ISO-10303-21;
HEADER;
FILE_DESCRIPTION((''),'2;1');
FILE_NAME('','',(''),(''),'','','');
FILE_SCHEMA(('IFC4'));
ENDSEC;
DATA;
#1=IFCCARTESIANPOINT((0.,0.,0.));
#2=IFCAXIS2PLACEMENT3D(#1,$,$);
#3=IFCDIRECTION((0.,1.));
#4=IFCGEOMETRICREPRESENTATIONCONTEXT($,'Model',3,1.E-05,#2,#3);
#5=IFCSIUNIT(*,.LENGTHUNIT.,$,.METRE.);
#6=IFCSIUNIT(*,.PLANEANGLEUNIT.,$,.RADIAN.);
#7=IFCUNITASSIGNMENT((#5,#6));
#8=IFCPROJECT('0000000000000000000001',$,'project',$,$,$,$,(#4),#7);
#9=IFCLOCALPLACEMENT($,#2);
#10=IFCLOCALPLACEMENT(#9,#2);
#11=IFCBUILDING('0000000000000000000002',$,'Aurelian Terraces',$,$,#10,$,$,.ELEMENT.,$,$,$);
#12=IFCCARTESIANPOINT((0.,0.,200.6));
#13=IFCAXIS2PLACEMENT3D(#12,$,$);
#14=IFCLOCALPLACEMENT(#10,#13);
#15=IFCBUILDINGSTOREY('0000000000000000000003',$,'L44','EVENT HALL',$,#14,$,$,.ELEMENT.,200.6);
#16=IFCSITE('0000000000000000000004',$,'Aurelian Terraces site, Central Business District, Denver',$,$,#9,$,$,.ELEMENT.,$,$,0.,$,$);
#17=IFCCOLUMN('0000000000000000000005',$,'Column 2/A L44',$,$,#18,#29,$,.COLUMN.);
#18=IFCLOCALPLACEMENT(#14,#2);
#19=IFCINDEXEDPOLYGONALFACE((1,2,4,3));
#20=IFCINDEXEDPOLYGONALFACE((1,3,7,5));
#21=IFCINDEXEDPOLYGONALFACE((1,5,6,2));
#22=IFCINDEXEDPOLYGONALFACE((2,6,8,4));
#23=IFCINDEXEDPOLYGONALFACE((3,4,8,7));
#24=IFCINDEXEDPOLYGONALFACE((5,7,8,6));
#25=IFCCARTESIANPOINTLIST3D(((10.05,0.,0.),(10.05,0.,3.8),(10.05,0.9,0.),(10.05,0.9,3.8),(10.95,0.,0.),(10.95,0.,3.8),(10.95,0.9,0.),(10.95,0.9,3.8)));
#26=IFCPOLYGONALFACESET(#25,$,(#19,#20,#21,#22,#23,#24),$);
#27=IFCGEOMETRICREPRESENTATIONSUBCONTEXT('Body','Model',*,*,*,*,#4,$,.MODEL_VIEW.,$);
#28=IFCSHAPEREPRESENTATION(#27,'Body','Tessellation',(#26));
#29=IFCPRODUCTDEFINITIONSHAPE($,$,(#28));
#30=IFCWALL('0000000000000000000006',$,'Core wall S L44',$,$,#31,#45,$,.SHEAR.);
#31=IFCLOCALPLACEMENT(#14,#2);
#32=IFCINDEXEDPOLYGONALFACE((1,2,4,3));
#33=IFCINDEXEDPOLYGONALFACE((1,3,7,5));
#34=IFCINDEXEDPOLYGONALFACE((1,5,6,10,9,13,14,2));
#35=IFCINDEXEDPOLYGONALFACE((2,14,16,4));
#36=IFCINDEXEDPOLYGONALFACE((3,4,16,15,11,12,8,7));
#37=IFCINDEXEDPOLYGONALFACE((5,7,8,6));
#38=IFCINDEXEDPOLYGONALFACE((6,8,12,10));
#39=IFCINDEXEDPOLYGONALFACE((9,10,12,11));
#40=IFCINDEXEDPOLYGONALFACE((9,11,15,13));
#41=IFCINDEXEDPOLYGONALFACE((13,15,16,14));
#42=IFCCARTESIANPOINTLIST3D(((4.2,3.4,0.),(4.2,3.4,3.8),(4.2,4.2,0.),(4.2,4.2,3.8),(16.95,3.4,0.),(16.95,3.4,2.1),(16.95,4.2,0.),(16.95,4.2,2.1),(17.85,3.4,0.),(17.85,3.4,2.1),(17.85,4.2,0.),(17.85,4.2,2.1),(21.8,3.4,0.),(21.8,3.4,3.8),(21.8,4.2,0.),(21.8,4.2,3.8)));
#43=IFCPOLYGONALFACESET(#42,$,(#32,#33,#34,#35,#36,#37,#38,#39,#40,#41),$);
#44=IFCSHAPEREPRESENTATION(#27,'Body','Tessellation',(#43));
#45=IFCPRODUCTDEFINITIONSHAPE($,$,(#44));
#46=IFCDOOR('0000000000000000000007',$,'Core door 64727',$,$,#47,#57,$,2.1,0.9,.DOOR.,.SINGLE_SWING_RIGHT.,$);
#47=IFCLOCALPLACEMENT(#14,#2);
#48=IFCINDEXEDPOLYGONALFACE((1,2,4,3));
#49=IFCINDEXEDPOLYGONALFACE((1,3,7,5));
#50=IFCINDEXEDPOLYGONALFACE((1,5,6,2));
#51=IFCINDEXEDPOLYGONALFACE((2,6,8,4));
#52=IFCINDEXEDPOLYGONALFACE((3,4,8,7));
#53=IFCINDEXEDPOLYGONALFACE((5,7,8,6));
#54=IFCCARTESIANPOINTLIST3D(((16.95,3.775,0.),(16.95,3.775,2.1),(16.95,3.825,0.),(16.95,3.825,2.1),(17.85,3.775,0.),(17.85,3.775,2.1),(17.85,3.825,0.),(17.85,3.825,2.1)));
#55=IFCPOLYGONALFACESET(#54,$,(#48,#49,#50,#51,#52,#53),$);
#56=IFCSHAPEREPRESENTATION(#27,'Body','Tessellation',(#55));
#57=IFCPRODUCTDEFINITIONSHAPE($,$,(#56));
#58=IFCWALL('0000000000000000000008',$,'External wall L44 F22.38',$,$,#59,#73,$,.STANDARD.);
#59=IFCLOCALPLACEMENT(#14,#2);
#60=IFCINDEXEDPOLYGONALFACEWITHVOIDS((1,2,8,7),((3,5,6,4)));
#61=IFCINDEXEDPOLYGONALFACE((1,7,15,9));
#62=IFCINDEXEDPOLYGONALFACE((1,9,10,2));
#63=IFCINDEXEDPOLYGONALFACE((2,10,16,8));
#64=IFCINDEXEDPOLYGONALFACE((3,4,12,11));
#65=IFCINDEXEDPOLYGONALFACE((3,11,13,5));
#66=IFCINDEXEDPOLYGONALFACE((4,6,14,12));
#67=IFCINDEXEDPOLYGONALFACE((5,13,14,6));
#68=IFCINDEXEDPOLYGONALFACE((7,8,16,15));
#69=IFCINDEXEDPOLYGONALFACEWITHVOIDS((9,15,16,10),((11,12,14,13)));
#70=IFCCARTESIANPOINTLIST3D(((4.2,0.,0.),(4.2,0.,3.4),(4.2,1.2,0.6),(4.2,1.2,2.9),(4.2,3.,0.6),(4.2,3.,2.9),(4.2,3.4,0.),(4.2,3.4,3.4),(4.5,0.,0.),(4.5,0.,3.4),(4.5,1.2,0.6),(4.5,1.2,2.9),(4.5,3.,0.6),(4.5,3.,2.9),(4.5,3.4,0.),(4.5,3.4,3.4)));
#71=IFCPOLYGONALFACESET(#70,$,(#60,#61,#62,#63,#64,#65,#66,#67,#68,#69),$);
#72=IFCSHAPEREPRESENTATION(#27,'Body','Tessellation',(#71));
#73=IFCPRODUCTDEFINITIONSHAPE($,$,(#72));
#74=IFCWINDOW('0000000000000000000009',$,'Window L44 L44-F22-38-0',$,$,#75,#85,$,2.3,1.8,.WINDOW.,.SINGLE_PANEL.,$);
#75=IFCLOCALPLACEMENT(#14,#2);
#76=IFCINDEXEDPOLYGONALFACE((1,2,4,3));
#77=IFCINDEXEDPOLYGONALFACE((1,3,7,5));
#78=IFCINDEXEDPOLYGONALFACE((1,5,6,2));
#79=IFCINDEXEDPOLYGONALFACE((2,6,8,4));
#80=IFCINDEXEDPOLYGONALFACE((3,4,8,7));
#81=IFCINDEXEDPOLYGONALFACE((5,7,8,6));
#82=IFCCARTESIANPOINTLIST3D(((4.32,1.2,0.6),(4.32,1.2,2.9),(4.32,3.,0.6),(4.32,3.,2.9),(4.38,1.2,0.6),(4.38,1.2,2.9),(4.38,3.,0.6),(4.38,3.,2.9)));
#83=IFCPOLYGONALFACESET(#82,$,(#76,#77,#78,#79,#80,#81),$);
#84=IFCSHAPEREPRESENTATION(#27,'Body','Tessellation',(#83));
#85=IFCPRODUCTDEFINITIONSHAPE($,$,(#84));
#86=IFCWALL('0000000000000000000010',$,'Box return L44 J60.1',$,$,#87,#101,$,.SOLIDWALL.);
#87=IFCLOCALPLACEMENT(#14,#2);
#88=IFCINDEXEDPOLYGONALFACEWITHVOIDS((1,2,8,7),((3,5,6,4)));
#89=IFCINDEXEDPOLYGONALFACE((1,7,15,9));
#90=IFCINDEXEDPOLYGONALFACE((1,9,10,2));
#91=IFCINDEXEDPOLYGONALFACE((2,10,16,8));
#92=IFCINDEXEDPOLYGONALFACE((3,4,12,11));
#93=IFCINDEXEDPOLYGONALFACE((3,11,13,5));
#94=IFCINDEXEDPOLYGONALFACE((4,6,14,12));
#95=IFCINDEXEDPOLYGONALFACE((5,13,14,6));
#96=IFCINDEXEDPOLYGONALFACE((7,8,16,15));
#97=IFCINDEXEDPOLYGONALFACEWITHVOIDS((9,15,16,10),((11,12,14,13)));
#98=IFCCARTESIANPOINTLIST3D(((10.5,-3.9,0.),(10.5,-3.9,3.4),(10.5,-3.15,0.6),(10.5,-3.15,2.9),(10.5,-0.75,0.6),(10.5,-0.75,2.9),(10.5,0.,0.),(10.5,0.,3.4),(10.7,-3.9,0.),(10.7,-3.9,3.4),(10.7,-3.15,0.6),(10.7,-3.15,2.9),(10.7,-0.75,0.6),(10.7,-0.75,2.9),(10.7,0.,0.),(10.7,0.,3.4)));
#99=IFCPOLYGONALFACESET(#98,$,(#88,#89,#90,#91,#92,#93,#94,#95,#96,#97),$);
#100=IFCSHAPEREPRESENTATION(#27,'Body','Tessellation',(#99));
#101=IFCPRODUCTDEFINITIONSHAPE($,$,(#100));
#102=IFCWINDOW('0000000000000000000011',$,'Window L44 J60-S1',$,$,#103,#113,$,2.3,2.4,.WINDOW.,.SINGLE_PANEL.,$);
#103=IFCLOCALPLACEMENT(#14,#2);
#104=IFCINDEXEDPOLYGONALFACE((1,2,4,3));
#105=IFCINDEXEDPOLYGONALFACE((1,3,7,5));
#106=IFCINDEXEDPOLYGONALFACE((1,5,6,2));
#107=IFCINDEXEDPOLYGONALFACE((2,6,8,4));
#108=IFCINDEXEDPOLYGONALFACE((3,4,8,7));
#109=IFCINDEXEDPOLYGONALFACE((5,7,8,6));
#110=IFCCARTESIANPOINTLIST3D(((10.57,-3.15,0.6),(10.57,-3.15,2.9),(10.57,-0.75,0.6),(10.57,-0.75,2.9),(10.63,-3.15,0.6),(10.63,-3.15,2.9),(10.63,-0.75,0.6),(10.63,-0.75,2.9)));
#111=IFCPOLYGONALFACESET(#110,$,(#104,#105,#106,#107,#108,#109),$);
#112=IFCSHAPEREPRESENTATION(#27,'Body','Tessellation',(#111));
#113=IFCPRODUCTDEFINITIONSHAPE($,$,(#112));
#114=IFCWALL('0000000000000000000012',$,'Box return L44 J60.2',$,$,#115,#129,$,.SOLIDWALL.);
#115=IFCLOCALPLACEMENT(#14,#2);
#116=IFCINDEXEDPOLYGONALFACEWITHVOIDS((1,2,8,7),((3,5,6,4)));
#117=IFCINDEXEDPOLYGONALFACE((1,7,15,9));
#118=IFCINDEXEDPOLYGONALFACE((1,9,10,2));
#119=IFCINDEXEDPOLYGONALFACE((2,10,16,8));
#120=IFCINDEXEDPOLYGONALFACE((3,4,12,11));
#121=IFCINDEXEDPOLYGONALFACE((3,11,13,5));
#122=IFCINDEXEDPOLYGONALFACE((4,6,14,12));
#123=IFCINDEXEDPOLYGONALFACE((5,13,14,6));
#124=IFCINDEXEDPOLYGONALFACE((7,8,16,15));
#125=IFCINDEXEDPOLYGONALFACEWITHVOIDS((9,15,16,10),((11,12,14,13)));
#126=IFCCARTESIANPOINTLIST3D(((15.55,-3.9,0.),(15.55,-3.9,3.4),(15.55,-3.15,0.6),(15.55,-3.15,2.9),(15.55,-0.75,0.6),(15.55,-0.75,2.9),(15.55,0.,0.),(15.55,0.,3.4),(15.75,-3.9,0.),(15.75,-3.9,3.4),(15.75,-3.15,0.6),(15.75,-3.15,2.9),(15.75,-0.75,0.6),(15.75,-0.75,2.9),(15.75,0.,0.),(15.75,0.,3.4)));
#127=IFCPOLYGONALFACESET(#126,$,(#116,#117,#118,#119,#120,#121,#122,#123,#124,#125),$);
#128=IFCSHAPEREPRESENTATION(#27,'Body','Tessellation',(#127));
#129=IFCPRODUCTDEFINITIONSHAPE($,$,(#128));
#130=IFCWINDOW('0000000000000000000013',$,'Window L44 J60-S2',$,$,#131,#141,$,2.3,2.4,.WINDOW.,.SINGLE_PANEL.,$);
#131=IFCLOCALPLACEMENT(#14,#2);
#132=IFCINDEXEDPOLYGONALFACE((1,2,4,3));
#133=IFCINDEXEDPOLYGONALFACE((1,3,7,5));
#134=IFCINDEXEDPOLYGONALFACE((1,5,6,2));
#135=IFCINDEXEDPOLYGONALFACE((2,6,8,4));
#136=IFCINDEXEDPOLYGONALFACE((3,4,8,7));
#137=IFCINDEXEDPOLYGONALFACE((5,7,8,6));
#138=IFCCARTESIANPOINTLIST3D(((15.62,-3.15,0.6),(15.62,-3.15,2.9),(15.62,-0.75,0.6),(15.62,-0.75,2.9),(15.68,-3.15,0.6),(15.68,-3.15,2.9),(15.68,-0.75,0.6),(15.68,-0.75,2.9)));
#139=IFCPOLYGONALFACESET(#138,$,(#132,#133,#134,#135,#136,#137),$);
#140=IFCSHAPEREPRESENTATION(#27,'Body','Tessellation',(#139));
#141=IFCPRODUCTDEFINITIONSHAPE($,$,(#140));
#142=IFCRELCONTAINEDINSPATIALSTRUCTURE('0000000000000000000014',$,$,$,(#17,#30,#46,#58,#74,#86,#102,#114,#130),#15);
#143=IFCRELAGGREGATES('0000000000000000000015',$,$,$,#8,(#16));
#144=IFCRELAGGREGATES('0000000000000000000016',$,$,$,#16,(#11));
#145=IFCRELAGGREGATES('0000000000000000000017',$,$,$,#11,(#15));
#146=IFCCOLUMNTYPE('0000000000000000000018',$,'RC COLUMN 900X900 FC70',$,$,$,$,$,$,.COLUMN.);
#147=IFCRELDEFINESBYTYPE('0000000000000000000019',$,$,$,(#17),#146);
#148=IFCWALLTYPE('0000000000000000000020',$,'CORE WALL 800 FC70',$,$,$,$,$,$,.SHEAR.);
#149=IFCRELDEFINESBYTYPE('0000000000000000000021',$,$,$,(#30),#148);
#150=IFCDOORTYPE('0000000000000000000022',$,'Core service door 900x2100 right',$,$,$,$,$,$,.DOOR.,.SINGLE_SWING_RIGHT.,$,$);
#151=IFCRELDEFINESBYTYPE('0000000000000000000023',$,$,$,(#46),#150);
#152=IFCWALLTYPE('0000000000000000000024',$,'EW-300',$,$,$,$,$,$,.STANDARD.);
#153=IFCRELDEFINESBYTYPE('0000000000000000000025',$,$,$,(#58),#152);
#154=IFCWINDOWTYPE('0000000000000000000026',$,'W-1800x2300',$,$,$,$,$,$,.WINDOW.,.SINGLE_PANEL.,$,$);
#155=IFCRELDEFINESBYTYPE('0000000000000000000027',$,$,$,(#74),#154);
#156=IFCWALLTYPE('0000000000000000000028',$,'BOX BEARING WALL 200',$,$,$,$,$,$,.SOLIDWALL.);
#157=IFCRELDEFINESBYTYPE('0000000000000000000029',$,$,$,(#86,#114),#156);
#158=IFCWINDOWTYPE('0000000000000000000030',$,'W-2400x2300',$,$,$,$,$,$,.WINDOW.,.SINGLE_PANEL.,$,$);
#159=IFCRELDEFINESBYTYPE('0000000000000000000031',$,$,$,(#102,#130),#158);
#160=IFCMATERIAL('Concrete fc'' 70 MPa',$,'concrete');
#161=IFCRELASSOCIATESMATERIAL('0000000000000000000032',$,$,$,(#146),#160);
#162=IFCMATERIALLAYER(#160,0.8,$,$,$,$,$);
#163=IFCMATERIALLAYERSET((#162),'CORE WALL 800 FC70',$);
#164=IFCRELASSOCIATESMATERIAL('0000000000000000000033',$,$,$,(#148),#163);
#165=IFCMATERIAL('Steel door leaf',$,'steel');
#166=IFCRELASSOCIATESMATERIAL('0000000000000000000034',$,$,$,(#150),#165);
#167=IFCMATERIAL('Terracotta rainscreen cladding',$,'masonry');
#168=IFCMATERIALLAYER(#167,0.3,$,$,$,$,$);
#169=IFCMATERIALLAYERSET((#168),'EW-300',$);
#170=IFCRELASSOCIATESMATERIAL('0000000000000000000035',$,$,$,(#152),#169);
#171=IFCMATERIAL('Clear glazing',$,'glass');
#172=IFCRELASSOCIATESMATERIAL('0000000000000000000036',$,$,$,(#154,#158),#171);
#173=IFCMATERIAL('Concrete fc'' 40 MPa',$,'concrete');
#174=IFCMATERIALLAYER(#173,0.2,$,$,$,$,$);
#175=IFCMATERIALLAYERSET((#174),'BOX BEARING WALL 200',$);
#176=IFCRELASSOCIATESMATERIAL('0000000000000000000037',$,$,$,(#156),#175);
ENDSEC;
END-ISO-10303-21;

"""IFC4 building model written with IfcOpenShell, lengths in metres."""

from ifc_helpers import new_model, si_unit, direction, frame, frame_2d, origin, origin_2d, place, context, subcontext, project, spatial, rectangle, extrude, source, transform, mapped, material, layer, layer_set, material_profile, profile_set, type_object, element, fill, save


model = new_model("IFC4")

# Units and contexts
model_context = context("Model", 3, precision=1e-05, world=origin(), true_north=direction((0.0, 1.0)))
body_context = subcontext(model_context, "Body", "Model", "MODEL_VIEW")
ifc_project = project(units=[si_unit("LENGTHUNIT", "METRE"), si_unit("PLANEANGLEUNIT", "RADIAN")], contexts=[model_context])

# Site, building, storey
site_placement = place(None, origin())
site = spatial("IfcSite", under=ifc_project, at=site_placement, Name="Aurelian Terraces site, Central Business District, Denver", CompositionType="ELEMENT", RefElevation=0.0)
building_placement = place(site_placement, origin())
building = spatial("IfcBuilding", under=site, at=building_placement, Name="Aurelian Terraces", CompositionType="ELEMENT")
storey_placement = place(building_placement, frame((0.0, 0.0, 200.6)))
storey = spatial("IfcBuildingStorey", under=building, at=storey_placement, Name="L44", Description="EVENT HALL", CompositionType="ELEMENT", Elevation=200.6)

# Column
ifc_material_1 = material(Name="Concrete fc' 70 MPa", Category="concrete")
ifc_material_profile = material_profile(ifc_material_1, rectangle(XDim=0.9, YDim=0.9, at=origin_2d()))
ifc_profile_set = profile_set([ifc_material_profile], Name="Concrete fc' 70 MPa")
column_type = type_object("IfcColumnType", Name="RC COLUMN 900X900 FC70", PredefinedType="COLUMN", material=ifc_profile_set)
shared_shape_1 = source(origin(), body_context, "Body", "SweptSolid", [
    extrude(rectangle(XDim=0.9, YDim=0.9, at=origin_2d()), origin(), (0.0, 0.0, 1.0), 3.8),
])
column_placement = place(storey_placement, frame((10.5, 0.45, 0.0), z_axis=(0.0, 0.0, 1.0), x_axis=(1.0, 0.0, 0.0)))
element("IfcColumn", 1, at=column_placement, inside=storey, type_object=column_type, Name="Column 2/A L44", PredefinedType="COLUMN", context=body_context, shape_type="MappedRepresentation", body=[
    mapped(shared_shape_1, transform((0.0, 0.0, 0.0), scale=1.0)),
])

# Wall, opening, door
ifc_layer_1 = layer(ifc_material_1, 0.8)
ifc_layer_set_1 = layer_set([ifc_layer_1], Name="CORE WALL 800 FC70")
wall_type_1 = type_object("IfcWallType", Name="CORE WALL 800 FC70", PredefinedType="SHEAR", material=ifc_layer_set_1)
shared_shape_2 = source(origin(), body_context, "Body", "SweptSolid", [
    extrude(rectangle(XDim=17.6, YDim=0.8, at=frame_2d((8.8, 0.0))), origin(), (0.0, 0.0, 1.0), 3.8),
])
wall_1_placement = place(storey_placement, frame((4.2, 3.8, 0.0), z_axis=(0.0, 0.0, 1.0), x_axis=(1.0, 0.0, 0.0)))
wall_1 = element("IfcWall", 2, at=wall_1_placement, inside=storey, type_object=wall_type_1, Name="Core wall S L44", PredefinedType="SHEAR", context=body_context, shape_type="MappedRepresentation", body=[
    mapped(shared_shape_2, transform((0.0, 0.0, 0.0), scale=1.0)),
])
shared_shape_3 = source(origin(), body_context, "Body", "SweptSolid", [
    extrude(rectangle(XDim=0.9, YDim=2.1, at=frame_2d((0.45, 1.05))), frame((0.0, 0.41, 0.0), z_axis=(0.0, -1.0, 0.0), x_axis=(1.0, 0.0, 0.0)), (0.0, 0.0, 1.0), 0.82),
])
opening_1_placement = place(wall_1_placement, frame((12.75, 0.0, 0.0)))
opening_1 = element("IfcOpeningElement", 3, at=opening_1_placement, cuts=wall_1, PredefinedType="OPENING", context=body_context, shape_type="MappedRepresentation", body=[
    mapped(shared_shape_3, transform((0.0, 0.0, 0.0), scale=1.0)),
])
ifc_material_2 = material(Name="Steel door leaf", Category="steel")
door_type_1 = type_object("IfcDoorType", Name="Core service door 900x2100 right", OperationType="SINGLE_SWING_RIGHT", PredefinedType="DOOR", material=ifc_material_2)
shared_shape_4 = source(origin(), body_context, "Body", "SweptSolid", [
    extrude(rectangle(XDim=0.9, YDim=2.1, at=frame_2d((0.45, 1.05))), frame((0.0, 0.025, 0.0), z_axis=(0.0, -1.0, 0.0), x_axis=(1.0, 0.0, 0.0)), (0.0, 0.0, 1.0), 0.05),
])
door_1_placement = place(opening_1_placement, origin())
door_1 = element("IfcDoor", 4, at=door_1_placement, inside=storey, type_object=door_type_1, Name="Core door 64727", OperationType="SINGLE_SWING_RIGHT", OverallHeight=2.1, OverallWidth=0.9, PredefinedType="DOOR", context=body_context, shape_type="MappedRepresentation", body=[
    mapped(shared_shape_4, transform((0.0, 0.0, 0.0), scale=1.0)),
])
fill(opening_1, door_1)

# Walls, openings, windows
ifc_material_3 = material(Name="Terracotta rainscreen cladding", Category="masonry")
ifc_layer_2 = layer(ifc_material_3, 0.3)
ifc_layer_set_2 = layer_set([ifc_layer_2], Name="EW-300")
wall_type_2 = type_object("IfcWallType", Name="EW-300", PredefinedType="STANDARD", material=ifc_layer_set_2)
shared_shape_5 = source(origin(), body_context, "Body", "SweptSolid", [
    extrude(rectangle(XDim=3.4, YDim=0.3, at=frame_2d((1.7, 0.0))), origin(), (0.0, 0.0, 1.0), 3.4),
])
wall_2_placement = place(storey_placement, frame((4.35, 3.4, 0.0), z_axis=(0.0, 0.0, 1.0), x_axis=(0.0, -1.0, 0.0)))
wall_2 = element("IfcWall", 5, at=wall_2_placement, inside=storey, type_object=wall_type_2, Name="External wall L44 F22.38", PredefinedType="STANDARD", context=body_context, shape_type="MappedRepresentation", body=[
    mapped(shared_shape_5, transform((0.0, 0.0, 0.0), scale=1.0)),
])
shared_shape_6 = source(origin(), body_context, "Body", "SweptSolid", [
    extrude(rectangle(XDim=1.8, YDim=2.3, at=frame_2d((0.9, 1.15))), frame((0.0, 0.16, 0.0), z_axis=(0.0, -1.0, 0.0), x_axis=(1.0, 0.0, 0.0)), (0.0, 0.0, 1.0), 0.32),
])
opening_2_placement = place(wall_2_placement, frame((0.4, 0.0, 0.6)))
opening_2 = element("IfcOpeningElement", 6, at=opening_2_placement, cuts=wall_2, PredefinedType="OPENING", context=body_context, shape_type="MappedRepresentation", body=[
    mapped(shared_shape_6, transform((0.0, 0.0, 0.0), scale=1.0)),
])
ifc_material_4 = material(Name="Clear glazing", Category="glass")
window_type_1 = type_object("IfcWindowType", Name="W-1800x2300", PartitioningType="SINGLE_PANEL", PredefinedType="WINDOW", material=ifc_material_4)
shared_shape_7 = source(origin(), body_context, "Body", "SweptSolid", [
    extrude(rectangle(XDim=1.8, YDim=2.3, at=frame_2d((0.9, 1.15))), frame((0.0, 0.03, 0.0), z_axis=(0.0, -1.0, 0.0), x_axis=(1.0, 0.0, 0.0)), (0.0, 0.0, 1.0), 0.06),
])
window_1_placement = place(opening_2_placement, origin())
window_1 = element("IfcWindow", 7, at=window_1_placement, inside=storey, type_object=window_type_1, Name="Window L44 L44-F22-38-0", OverallHeight=2.3, OverallWidth=1.8, PartitioningType="SINGLE_PANEL", PredefinedType="WINDOW", context=body_context, shape_type="MappedRepresentation", body=[
    mapped(shared_shape_7, transform((0.0, 0.0, 0.0), scale=1.0)),
])
fill(opening_2, window_1)
ifc_material_5 = material(Name="Concrete fc' 40 MPa", Category="concrete")
ifc_layer_3 = layer(ifc_material_5, 0.2)
ifc_layer_set_3 = layer_set([ifc_layer_3], Name="BOX BEARING WALL 200")
wall_type_3 = type_object("IfcWallType", Name="BOX BEARING WALL 200", PredefinedType="SOLIDWALL", material=ifc_layer_set_3)
shared_shape_8 = source(origin(), body_context, "Body", "SweptSolid", [
    extrude(rectangle(XDim=3.9, YDim=0.2, at=frame_2d((1.95, 0.0))), origin(), (0.0, 0.0, 1.0), 3.4),
])
wall_3_placement = place(storey_placement, frame((10.6, 0.0, 0.0), z_axis=(0.0, 0.0, 1.0), x_axis=(0.0, -1.0, 0.0)))
wall_3 = element("IfcWall", 8, at=wall_3_placement, inside=storey, type_object=wall_type_3, Name="Box return L44 J60.1", PredefinedType="SOLIDWALL", context=body_context, shape_type="MappedRepresentation", body=[
    mapped(shared_shape_8, transform((0.0, 0.0, 0.0), scale=1.0)),
])
shared_shape_9 = source(origin(), body_context, "Body", "SweptSolid", [
    extrude(rectangle(XDim=2.4, YDim=2.3, at=frame_2d((1.2, 1.15))), frame((0.0, 0.11, 0.0), z_axis=(0.0, -1.0, 0.0), x_axis=(1.0, 0.0, 0.0)), (0.0, 0.0, 1.0), 0.22),
])
opening_3_placement = place(wall_3_placement, frame((0.75, 0.0, 0.6)))
opening_3 = element("IfcOpeningElement", 9, at=opening_3_placement, cuts=wall_3, PredefinedType="OPENING", context=body_context, shape_type="MappedRepresentation", body=[
    mapped(shared_shape_9, transform((0.0, 0.0, 0.0), scale=1.0)),
])
window_type_2 = type_object("IfcWindowType", Name="W-2400x2300", PartitioningType="SINGLE_PANEL", PredefinedType="WINDOW", material=ifc_material_4)
shared_shape_10 = source(origin(), body_context, "Body", "SweptSolid", [
    extrude(rectangle(XDim=2.4, YDim=2.3, at=frame_2d((1.2, 1.15))), frame((0.0, 0.03, 0.0), z_axis=(0.0, -1.0, 0.0), x_axis=(1.0, 0.0, 0.0)), (0.0, 0.0, 1.0), 0.06),
])
window_2_placement = place(opening_3_placement, origin())
window_2 = element("IfcWindow", 10, at=window_2_placement, inside=storey, type_object=window_type_2, Name="Window L44 J60-S1", OverallHeight=2.3, OverallWidth=2.4, PartitioningType="SINGLE_PANEL", PredefinedType="WINDOW", context=body_context, shape_type="MappedRepresentation", body=[
    mapped(shared_shape_10, transform((0.0, 0.0, 0.0), scale=1.0)),
])
fill(opening_3, window_2)
wall_4_placement = place(storey_placement, frame((15.65, 0.0, 0.0), z_axis=(0.0, 0.0, 1.0), x_axis=(0.0, -1.0, 0.0)))
wall_4 = element("IfcWall", 11, at=wall_4_placement, inside=storey, type_object=wall_type_3, Name="Box return L44 J60.2", PredefinedType="SOLIDWALL", context=body_context, shape_type="MappedRepresentation", body=[
    mapped(shared_shape_8, transform((0.0, 0.0, 0.0), scale=1.0)),
])
opening_4_placement = place(wall_4_placement, frame((0.75, 0.0, 0.6)))
opening_4 = element("IfcOpeningElement", 12, at=opening_4_placement, cuts=wall_4, PredefinedType="OPENING", context=body_context, shape_type="MappedRepresentation", body=[
    mapped(shared_shape_9, transform((0.0, 0.0, 0.0), scale=1.0)),
])
window_3_placement = place(opening_4_placement, origin())
window_3 = element("IfcWindow", 13, at=window_3_placement, inside=storey, type_object=window_type_2, Name="Window L44 J60-S2", OverallHeight=2.3, OverallWidth=2.4, PartitioningType="SINGLE_PANEL", PredefinedType="WINDOW", context=body_context, shape_type="MappedRepresentation", body=[
    mapped(shared_shape_10, transform((0.0, 0.0, 0.0), scale=1.0)),
])
fill(opening_4, window_3)

save(model, "model.ifc")
